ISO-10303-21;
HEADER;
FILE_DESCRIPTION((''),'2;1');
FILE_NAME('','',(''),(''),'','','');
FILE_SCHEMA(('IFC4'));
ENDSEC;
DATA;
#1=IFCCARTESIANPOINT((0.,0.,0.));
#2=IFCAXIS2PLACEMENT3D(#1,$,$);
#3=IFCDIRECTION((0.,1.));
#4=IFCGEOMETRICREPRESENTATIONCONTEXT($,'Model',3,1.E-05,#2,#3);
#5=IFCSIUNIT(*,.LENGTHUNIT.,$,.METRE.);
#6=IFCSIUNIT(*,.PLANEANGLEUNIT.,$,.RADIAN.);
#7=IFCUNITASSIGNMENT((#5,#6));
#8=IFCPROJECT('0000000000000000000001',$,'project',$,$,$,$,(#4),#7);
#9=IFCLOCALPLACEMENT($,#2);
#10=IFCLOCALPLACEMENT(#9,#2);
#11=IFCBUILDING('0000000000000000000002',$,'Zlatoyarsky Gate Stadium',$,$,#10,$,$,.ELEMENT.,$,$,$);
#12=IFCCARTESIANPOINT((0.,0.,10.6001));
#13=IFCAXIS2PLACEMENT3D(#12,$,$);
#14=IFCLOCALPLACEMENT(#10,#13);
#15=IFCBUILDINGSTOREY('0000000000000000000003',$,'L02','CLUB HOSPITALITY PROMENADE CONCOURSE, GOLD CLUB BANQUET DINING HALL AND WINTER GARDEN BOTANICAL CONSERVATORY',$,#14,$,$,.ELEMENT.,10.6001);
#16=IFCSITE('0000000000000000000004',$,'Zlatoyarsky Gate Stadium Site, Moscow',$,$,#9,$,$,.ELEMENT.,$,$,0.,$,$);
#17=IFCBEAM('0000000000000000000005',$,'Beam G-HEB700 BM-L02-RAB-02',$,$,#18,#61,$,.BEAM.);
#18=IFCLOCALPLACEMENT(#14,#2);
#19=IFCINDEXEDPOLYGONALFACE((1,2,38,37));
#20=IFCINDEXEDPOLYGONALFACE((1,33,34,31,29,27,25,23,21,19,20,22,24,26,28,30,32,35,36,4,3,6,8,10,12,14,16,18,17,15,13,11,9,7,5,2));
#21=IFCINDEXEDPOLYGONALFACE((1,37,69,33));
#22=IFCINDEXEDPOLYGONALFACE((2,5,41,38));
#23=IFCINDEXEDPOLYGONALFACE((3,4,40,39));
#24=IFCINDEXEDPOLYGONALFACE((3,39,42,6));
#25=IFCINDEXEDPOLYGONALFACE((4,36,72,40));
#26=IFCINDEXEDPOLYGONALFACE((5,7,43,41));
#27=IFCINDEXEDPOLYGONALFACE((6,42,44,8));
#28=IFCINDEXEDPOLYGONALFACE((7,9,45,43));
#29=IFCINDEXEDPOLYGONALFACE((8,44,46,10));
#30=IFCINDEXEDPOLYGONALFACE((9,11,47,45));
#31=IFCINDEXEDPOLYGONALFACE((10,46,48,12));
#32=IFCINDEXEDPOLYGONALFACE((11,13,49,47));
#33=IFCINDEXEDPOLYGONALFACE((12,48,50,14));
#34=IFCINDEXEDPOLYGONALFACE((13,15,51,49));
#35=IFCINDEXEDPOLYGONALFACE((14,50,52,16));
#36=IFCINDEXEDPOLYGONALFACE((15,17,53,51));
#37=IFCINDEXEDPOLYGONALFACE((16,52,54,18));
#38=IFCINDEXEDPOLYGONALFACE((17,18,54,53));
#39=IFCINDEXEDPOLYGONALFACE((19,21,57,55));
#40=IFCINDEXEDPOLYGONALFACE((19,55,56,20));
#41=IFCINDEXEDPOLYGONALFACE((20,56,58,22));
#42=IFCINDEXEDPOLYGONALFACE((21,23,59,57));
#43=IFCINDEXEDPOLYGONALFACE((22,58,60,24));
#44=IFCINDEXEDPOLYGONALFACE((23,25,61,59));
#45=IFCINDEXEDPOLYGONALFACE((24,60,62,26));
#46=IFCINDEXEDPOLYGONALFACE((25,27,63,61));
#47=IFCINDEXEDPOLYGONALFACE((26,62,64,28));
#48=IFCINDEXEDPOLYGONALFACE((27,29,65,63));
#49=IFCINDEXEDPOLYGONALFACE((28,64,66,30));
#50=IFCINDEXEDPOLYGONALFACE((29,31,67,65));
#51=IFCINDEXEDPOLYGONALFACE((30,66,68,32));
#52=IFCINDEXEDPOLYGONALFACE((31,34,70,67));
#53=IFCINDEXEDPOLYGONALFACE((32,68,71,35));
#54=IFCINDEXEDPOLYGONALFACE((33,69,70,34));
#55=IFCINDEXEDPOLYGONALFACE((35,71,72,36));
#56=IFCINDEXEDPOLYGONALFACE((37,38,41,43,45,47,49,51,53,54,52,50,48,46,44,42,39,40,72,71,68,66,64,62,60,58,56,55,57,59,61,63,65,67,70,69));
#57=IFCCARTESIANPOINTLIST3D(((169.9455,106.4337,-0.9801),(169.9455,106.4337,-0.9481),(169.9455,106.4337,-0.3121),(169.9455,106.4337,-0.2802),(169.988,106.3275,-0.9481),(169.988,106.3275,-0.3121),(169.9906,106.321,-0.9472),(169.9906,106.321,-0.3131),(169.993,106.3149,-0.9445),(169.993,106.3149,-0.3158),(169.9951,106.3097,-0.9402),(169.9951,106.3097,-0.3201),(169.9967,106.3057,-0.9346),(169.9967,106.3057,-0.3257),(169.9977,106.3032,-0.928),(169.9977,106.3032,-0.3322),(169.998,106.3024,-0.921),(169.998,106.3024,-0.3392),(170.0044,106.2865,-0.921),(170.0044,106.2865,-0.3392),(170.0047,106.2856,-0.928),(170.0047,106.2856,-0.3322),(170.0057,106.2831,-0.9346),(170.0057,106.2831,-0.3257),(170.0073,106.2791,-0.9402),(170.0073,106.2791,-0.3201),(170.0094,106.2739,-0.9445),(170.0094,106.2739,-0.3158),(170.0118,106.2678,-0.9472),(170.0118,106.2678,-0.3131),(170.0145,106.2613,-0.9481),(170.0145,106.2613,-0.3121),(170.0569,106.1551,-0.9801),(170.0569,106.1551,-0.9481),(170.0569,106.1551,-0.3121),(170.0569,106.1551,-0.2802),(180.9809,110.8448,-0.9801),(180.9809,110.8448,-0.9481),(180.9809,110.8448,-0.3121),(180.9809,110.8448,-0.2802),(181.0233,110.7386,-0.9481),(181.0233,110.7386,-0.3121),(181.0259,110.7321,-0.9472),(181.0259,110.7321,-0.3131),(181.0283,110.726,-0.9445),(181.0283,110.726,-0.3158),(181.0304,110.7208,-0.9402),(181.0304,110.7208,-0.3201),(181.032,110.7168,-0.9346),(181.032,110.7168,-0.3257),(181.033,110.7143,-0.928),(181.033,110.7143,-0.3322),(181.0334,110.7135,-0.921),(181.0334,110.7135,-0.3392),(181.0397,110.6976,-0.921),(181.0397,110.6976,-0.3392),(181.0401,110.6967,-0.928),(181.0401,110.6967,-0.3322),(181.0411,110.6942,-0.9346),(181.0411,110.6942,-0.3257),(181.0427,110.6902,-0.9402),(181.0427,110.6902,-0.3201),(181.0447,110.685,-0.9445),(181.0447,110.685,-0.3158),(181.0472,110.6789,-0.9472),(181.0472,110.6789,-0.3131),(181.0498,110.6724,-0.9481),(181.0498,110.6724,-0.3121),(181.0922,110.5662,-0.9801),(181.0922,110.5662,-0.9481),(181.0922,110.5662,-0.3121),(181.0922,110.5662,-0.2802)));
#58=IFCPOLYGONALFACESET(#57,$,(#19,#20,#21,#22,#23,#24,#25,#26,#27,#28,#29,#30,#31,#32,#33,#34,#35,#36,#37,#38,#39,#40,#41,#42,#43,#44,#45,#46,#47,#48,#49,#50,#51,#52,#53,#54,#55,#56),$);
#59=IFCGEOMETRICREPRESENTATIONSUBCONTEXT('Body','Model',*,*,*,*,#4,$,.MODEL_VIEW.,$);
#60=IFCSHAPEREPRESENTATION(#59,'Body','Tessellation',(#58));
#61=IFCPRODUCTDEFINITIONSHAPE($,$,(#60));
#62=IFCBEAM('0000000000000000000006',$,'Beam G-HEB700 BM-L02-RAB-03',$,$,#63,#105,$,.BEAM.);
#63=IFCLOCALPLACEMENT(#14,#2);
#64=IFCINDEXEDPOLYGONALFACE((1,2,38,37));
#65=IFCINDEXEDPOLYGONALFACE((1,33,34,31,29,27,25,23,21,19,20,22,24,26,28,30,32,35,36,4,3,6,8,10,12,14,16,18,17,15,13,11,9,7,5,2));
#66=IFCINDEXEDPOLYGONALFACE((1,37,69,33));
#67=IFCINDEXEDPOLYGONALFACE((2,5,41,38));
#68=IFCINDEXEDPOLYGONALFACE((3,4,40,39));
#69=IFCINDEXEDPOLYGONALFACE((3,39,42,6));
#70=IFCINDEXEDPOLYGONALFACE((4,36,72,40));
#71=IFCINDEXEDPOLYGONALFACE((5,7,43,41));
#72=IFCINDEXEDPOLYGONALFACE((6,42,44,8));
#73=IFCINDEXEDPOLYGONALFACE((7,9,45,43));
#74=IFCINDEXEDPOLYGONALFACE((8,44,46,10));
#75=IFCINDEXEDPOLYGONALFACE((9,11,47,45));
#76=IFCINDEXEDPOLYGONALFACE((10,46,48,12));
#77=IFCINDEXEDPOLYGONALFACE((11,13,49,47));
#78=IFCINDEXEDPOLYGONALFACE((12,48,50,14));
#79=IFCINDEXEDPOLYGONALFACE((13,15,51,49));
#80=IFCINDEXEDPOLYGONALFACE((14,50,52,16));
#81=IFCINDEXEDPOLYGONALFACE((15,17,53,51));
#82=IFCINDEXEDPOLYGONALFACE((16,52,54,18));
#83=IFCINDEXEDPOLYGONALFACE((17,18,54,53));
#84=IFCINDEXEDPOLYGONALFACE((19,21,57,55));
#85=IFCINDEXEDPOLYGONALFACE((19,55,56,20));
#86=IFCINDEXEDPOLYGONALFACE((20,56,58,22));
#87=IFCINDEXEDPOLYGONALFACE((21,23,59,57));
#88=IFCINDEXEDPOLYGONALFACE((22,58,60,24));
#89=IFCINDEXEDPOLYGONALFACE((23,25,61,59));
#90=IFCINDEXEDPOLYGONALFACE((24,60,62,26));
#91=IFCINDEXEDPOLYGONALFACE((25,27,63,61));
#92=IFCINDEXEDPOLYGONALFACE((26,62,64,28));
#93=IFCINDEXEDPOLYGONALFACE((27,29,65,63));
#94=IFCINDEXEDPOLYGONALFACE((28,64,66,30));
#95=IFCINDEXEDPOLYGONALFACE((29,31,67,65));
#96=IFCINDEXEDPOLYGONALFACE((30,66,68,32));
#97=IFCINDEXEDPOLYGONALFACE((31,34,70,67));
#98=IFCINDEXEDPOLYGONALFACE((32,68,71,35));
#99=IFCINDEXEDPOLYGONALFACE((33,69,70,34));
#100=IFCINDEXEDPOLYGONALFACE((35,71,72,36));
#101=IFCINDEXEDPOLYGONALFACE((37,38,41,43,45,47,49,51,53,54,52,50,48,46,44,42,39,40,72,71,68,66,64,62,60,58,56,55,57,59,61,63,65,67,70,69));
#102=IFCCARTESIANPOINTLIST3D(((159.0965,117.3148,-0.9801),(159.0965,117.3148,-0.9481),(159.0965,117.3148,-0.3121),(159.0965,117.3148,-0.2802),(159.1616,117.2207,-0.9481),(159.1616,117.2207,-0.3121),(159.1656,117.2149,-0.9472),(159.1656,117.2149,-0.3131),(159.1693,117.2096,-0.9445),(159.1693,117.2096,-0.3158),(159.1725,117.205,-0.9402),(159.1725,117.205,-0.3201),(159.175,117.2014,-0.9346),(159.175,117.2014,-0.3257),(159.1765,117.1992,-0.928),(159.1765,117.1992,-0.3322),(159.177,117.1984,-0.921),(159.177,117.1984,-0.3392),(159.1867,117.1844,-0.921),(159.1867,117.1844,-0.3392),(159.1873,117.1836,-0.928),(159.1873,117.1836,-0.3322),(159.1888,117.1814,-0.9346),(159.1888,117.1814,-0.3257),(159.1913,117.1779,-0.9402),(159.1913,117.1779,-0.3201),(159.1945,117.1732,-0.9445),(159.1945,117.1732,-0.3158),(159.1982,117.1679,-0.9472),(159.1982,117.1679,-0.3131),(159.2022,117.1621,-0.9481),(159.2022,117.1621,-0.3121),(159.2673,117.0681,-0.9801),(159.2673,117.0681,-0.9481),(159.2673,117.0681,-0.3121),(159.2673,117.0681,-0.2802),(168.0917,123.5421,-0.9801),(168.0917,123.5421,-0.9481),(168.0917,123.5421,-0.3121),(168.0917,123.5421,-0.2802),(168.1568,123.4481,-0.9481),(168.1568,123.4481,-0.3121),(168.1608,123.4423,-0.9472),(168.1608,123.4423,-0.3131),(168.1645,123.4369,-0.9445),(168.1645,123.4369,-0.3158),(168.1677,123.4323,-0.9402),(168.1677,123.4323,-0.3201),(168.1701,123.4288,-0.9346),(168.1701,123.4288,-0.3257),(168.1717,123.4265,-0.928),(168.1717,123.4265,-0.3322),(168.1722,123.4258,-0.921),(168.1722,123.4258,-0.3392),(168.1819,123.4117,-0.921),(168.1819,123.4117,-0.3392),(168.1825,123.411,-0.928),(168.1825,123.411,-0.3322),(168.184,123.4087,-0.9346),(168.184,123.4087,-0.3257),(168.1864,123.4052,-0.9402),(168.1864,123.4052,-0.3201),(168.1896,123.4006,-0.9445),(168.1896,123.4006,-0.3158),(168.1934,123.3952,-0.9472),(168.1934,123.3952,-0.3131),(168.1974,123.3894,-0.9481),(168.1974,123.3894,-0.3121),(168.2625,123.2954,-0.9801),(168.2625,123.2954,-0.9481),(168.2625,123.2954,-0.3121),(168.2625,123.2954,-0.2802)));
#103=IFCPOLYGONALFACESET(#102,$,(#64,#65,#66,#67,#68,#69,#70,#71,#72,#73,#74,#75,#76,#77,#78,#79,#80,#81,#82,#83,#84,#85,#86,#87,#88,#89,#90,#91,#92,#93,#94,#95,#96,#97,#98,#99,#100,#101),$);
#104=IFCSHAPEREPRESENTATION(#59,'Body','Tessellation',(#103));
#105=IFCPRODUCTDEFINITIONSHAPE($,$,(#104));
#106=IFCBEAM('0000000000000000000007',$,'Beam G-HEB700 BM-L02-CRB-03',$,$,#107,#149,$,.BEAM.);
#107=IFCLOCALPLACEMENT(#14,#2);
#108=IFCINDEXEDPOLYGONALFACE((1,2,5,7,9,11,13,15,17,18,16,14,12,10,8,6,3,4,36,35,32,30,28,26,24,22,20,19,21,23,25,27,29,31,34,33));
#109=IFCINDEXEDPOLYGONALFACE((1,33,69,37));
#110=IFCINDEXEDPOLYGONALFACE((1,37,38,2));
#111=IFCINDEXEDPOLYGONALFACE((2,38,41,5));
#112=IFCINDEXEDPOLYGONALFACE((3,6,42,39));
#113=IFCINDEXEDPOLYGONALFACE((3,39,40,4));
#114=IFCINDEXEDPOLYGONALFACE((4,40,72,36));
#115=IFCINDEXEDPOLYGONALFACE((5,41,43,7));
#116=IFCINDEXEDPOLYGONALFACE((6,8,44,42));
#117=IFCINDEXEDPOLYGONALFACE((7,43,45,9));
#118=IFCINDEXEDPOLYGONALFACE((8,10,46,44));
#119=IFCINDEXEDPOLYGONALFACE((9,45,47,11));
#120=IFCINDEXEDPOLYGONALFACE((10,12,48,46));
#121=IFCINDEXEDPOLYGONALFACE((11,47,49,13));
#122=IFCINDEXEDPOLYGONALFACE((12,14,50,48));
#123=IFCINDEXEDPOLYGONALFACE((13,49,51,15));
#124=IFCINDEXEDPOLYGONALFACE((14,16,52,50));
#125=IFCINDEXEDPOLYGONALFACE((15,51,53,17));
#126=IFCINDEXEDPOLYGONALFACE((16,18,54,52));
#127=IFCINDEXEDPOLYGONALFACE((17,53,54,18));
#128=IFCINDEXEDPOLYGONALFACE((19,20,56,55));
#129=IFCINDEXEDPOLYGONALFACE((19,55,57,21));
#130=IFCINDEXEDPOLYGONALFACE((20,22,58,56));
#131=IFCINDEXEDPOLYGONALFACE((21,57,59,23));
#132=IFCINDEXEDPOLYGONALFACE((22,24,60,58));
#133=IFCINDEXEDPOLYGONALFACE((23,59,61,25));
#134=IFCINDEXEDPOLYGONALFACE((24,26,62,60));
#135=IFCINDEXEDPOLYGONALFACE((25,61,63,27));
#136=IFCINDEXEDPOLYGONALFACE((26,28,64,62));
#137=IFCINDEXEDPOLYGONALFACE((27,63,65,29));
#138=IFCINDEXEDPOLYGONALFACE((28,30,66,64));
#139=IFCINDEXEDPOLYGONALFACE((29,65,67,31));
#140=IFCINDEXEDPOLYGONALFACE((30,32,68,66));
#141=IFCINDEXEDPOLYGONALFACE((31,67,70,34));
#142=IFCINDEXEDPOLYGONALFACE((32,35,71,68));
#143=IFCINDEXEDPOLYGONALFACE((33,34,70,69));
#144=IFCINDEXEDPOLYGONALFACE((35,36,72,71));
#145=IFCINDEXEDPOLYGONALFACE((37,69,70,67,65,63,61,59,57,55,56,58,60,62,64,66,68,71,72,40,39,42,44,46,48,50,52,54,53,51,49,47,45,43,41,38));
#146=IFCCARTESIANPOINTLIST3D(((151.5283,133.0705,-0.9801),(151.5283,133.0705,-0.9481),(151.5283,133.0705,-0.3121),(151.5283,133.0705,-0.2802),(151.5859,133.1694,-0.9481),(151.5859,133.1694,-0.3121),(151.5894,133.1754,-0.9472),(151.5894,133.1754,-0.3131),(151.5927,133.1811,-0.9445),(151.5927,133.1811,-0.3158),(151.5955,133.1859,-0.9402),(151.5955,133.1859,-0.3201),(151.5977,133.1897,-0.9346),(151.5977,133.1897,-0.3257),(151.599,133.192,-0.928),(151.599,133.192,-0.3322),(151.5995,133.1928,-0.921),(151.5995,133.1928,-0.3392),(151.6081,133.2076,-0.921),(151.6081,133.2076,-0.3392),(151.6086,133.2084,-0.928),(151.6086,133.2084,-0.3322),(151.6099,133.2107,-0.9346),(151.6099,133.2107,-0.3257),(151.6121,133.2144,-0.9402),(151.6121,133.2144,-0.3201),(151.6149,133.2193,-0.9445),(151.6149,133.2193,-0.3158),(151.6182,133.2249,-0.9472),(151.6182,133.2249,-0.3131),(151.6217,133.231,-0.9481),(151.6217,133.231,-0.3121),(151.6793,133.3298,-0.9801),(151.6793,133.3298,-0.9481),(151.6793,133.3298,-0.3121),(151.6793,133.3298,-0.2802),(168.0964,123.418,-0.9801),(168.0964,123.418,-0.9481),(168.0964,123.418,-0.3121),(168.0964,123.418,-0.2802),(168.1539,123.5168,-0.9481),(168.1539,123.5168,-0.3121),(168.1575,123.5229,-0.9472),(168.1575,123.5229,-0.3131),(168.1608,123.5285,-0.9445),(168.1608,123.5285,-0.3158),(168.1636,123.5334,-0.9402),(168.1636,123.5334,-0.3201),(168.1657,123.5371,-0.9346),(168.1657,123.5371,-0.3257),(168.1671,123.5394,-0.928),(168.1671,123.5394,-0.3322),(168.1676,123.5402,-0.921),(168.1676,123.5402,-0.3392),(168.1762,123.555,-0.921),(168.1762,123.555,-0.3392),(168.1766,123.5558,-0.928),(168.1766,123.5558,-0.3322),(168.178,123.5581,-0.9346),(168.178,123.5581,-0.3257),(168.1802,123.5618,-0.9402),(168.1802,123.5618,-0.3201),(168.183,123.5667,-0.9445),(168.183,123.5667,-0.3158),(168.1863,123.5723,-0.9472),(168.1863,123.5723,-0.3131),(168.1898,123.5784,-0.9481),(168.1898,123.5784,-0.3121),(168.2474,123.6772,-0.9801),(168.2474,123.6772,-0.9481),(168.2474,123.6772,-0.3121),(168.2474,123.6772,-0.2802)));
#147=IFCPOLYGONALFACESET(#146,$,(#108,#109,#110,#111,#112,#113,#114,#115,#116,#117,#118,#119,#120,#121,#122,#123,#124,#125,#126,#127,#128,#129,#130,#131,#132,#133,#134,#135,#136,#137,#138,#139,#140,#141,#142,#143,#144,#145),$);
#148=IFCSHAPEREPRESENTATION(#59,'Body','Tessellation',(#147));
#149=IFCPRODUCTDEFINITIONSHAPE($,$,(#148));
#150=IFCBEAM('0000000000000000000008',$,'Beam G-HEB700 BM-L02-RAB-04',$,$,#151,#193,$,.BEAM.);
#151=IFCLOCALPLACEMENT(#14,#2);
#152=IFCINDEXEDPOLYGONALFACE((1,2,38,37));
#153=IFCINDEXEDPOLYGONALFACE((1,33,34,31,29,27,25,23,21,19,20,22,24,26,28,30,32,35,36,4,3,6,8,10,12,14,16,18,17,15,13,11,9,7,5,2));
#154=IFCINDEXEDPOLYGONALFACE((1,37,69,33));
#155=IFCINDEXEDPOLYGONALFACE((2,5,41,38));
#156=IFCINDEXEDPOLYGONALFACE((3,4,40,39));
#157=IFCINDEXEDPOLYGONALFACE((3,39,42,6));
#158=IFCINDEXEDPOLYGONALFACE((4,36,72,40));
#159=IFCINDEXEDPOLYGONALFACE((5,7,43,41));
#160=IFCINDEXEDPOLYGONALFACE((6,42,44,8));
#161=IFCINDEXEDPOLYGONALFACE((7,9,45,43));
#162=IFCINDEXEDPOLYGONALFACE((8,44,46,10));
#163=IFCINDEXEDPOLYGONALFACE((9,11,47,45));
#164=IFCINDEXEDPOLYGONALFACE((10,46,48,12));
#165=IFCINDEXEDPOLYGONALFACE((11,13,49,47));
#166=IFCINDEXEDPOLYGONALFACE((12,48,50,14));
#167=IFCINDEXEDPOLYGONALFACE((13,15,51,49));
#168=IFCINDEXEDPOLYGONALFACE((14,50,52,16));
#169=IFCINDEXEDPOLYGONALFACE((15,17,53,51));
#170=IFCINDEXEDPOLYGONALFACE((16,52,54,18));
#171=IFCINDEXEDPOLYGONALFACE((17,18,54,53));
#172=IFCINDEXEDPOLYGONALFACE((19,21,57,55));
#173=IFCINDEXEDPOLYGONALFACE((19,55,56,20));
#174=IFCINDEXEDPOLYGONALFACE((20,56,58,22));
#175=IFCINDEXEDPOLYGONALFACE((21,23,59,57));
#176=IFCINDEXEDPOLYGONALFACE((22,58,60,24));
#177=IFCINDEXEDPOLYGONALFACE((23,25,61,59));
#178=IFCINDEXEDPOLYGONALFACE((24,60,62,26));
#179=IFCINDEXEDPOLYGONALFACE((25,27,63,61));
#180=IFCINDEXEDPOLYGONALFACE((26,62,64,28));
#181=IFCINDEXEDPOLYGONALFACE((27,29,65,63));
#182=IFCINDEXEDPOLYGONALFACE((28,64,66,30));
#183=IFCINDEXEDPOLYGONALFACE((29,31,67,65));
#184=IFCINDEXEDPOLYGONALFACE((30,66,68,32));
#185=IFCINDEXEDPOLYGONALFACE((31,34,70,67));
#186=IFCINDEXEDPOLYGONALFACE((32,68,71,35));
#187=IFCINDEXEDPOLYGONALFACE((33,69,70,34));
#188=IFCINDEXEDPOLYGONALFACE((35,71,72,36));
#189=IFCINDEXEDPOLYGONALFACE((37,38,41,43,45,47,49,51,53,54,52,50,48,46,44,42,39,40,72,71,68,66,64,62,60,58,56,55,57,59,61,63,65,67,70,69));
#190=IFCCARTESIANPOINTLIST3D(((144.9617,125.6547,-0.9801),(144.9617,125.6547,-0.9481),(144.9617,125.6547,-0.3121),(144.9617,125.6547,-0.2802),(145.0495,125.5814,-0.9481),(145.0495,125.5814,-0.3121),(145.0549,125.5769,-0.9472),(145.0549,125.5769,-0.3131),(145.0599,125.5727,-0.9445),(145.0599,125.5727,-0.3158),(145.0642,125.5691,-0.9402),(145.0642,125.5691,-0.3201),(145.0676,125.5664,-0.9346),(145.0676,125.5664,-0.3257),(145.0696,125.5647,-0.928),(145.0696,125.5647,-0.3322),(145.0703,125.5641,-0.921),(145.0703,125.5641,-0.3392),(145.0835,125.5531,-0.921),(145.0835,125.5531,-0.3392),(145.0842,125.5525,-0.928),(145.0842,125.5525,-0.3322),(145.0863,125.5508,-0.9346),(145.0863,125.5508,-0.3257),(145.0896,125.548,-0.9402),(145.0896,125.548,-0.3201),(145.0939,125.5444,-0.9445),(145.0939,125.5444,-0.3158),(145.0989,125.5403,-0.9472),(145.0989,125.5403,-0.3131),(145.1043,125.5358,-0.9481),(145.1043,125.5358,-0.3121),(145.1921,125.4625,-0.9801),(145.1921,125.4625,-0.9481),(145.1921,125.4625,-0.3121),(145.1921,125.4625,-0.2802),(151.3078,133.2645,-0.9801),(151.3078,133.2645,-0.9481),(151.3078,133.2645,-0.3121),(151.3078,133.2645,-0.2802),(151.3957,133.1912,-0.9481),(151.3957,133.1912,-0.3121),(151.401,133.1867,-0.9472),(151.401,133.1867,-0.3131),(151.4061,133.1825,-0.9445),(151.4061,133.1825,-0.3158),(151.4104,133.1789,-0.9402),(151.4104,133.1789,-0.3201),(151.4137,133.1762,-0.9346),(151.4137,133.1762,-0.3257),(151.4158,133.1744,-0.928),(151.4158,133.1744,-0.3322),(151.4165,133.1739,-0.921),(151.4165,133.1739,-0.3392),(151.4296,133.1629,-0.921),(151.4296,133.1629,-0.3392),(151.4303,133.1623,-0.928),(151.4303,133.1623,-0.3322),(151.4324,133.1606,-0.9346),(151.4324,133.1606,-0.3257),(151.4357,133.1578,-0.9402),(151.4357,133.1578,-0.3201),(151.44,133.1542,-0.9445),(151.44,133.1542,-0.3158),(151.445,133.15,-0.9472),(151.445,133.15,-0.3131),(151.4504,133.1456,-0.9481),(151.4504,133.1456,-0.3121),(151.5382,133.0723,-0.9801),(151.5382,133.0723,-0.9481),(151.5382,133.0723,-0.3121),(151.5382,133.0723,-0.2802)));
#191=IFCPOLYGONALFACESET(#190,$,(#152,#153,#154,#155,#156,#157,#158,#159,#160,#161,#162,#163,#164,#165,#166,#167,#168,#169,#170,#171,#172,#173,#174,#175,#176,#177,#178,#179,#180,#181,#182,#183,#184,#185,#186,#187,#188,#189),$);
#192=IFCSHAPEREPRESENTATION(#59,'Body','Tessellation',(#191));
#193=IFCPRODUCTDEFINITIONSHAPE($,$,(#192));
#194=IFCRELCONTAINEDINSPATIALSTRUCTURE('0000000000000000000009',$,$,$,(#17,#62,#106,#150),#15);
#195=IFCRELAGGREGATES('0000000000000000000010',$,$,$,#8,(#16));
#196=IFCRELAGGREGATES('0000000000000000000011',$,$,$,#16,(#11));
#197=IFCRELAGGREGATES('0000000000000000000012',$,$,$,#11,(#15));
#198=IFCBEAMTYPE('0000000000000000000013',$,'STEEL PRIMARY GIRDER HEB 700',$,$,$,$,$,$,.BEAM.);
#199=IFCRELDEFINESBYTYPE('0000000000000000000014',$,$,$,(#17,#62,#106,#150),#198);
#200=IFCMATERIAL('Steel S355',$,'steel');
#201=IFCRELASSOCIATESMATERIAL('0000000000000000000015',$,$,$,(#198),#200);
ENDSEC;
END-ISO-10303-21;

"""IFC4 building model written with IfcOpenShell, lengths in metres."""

from ifc_helpers import new_model, si_unit, direction, frame, origin, origin_2d, place, context, subcontext, project, spatial, i_section, extrude, material, material_profile, profile_set, type_object, element, save


model = new_model("IFC4")

# Units and contexts
model_context = context("Model", 3, precision=1e-05, world=origin(), true_north=direction((0.0, 1.0)))
body_context = subcontext(model_context, "Body", "Model", "MODEL_VIEW")
ifc_project = project(units=[si_unit("LENGTHUNIT", "METRE"), si_unit("PLANEANGLEUNIT", "RADIAN")], contexts=[model_context])

# Site, building, storey
site_placement = place(None, origin())
site = spatial("IfcSite", under=ifc_project, at=site_placement, Name="Zlatoyarsky Gate Stadium Site, Moscow", CompositionType="ELEMENT", RefElevation=0.0)
building_placement = place(site_placement, origin())
building = spatial("IfcBuilding", under=site, at=building_placement, Name="Zlatoyarsky Gate Stadium", CompositionType="ELEMENT")
storey_placement = place(building_placement, frame((0.0, 0.0, 10.6001)))
storey = spatial("IfcBuildingStorey", under=building, at=storey_placement, Name="L02", Description="CLUB HOSPITALITY PROMENADE CONCOURSE, GOLD CLUB BANQUET DINING HALL AND WINTER GARDEN BOTANICAL CONSERVATORY", CompositionType="ELEMENT", Elevation=10.6001)

# Shared definitions
ifc_material_1 = material(Name="Steel S355", Category="steel")

# Beams
ifc_material_profile_1 = material_profile(ifc_material_1, i_section(OverallWidth=0.3, OverallDepth=0.7, WebThickness=0.0171, FlangeThickness=0.032, FilletRadius=0.0271, at=origin_2d()), Name="HEB 700")
ifc_profile_set_1 = profile_set([ifc_material_profile_1], Name="Steel S355")
beam_type_1 = type_object("IfcBeamType", Name="STEEL PRIMARY GIRDER HEB 700", PredefinedType="BEAM", material=ifc_profile_set_1)
beam_1_placement = place(storey_placement, frame((170.0012, 106.2944, -0.6301), z_axis=(0.928565, 0.371171, 0.0), x_axis=(-0.371171, 0.928565, 0.0)))
element("IfcBeam", 1, at=beam_1_placement, inside=storey, type_object=beam_type_1, Name="Beam G-HEB700 BM-L02-RAB-02", PredefinedType="BEAM", context=body_context, shape_type="SweptSolid", body=[
    extrude(i_section(OverallWidth=0.3, OverallDepth=0.7, WebThickness=0.0171, FlangeThickness=0.032, FilletRadius=0.0271, at=origin_2d()), origin(), (0.0, 0.0, 1.0), 11.8843),
])
beam_2_placement = place(storey_placement, frame((159.1819, 117.1914, -0.6301), z_axis=(0.822196, 0.569204, 0.0), x_axis=(-0.569204, 0.822196, 0.0)))
element("IfcBeam", 2, at=beam_2_placement, inside=storey, type_object=beam_type_1, Name="Beam G-HEB700 BM-L02-RAB-03", PredefinedType="BEAM", context=body_context, shape_type="SweptSolid", body=[
    extrude(i_section(OverallWidth=0.3, OverallDepth=0.7, WebThickness=0.0171, FlangeThickness=0.032, FilletRadius=0.0271, at=origin_2d()), origin(), (0.0, 0.0, 1.0), 10.9404),
])
beam_3_placement = place(storey_placement, frame((168.1719, 123.5476, -0.6301), z_axis=(-0.864054, 0.503398, 0.0), x_axis=(-0.503398, -0.864054, 0.0)))
element("IfcBeam", 3, at=beam_3_placement, inside=storey, type_object=beam_type_1, Name="Beam G-HEB700 BM-L02-CRB-03", PredefinedType="BEAM", context=body_context, shape_type="SweptSolid", body=[
    extrude(i_section(OverallWidth=0.3, OverallDepth=0.7, WebThickness=0.0171, FlangeThickness=0.032, FilletRadius=0.0271, at=origin_2d()), origin(), (0.0, 0.0, 1.0), 19.1748),
])
beam_4_placement = place(storey_placement, frame((145.0769, 125.5586, -0.6301), z_axis=(0.640461, 0.767991, 0.0), x_axis=(-0.767991, 0.640461, 0.0)))
element("IfcBeam", 4, at=beam_4_placement, inside=storey, type_object=beam_type_1, Name="Beam G-HEB700 BM-L02-RAB-04", PredefinedType="BEAM", context=body_context, shape_type="SweptSolid", body=[
    extrude(i_section(OverallWidth=0.3, OverallDepth=0.7, WebThickness=0.0171, FlangeThickness=0.032, FilletRadius=0.0271, at=origin_2d()), origin(), (0.0, 0.0, 1.0), 9.9087),
])

save(model, "model.ifc")
